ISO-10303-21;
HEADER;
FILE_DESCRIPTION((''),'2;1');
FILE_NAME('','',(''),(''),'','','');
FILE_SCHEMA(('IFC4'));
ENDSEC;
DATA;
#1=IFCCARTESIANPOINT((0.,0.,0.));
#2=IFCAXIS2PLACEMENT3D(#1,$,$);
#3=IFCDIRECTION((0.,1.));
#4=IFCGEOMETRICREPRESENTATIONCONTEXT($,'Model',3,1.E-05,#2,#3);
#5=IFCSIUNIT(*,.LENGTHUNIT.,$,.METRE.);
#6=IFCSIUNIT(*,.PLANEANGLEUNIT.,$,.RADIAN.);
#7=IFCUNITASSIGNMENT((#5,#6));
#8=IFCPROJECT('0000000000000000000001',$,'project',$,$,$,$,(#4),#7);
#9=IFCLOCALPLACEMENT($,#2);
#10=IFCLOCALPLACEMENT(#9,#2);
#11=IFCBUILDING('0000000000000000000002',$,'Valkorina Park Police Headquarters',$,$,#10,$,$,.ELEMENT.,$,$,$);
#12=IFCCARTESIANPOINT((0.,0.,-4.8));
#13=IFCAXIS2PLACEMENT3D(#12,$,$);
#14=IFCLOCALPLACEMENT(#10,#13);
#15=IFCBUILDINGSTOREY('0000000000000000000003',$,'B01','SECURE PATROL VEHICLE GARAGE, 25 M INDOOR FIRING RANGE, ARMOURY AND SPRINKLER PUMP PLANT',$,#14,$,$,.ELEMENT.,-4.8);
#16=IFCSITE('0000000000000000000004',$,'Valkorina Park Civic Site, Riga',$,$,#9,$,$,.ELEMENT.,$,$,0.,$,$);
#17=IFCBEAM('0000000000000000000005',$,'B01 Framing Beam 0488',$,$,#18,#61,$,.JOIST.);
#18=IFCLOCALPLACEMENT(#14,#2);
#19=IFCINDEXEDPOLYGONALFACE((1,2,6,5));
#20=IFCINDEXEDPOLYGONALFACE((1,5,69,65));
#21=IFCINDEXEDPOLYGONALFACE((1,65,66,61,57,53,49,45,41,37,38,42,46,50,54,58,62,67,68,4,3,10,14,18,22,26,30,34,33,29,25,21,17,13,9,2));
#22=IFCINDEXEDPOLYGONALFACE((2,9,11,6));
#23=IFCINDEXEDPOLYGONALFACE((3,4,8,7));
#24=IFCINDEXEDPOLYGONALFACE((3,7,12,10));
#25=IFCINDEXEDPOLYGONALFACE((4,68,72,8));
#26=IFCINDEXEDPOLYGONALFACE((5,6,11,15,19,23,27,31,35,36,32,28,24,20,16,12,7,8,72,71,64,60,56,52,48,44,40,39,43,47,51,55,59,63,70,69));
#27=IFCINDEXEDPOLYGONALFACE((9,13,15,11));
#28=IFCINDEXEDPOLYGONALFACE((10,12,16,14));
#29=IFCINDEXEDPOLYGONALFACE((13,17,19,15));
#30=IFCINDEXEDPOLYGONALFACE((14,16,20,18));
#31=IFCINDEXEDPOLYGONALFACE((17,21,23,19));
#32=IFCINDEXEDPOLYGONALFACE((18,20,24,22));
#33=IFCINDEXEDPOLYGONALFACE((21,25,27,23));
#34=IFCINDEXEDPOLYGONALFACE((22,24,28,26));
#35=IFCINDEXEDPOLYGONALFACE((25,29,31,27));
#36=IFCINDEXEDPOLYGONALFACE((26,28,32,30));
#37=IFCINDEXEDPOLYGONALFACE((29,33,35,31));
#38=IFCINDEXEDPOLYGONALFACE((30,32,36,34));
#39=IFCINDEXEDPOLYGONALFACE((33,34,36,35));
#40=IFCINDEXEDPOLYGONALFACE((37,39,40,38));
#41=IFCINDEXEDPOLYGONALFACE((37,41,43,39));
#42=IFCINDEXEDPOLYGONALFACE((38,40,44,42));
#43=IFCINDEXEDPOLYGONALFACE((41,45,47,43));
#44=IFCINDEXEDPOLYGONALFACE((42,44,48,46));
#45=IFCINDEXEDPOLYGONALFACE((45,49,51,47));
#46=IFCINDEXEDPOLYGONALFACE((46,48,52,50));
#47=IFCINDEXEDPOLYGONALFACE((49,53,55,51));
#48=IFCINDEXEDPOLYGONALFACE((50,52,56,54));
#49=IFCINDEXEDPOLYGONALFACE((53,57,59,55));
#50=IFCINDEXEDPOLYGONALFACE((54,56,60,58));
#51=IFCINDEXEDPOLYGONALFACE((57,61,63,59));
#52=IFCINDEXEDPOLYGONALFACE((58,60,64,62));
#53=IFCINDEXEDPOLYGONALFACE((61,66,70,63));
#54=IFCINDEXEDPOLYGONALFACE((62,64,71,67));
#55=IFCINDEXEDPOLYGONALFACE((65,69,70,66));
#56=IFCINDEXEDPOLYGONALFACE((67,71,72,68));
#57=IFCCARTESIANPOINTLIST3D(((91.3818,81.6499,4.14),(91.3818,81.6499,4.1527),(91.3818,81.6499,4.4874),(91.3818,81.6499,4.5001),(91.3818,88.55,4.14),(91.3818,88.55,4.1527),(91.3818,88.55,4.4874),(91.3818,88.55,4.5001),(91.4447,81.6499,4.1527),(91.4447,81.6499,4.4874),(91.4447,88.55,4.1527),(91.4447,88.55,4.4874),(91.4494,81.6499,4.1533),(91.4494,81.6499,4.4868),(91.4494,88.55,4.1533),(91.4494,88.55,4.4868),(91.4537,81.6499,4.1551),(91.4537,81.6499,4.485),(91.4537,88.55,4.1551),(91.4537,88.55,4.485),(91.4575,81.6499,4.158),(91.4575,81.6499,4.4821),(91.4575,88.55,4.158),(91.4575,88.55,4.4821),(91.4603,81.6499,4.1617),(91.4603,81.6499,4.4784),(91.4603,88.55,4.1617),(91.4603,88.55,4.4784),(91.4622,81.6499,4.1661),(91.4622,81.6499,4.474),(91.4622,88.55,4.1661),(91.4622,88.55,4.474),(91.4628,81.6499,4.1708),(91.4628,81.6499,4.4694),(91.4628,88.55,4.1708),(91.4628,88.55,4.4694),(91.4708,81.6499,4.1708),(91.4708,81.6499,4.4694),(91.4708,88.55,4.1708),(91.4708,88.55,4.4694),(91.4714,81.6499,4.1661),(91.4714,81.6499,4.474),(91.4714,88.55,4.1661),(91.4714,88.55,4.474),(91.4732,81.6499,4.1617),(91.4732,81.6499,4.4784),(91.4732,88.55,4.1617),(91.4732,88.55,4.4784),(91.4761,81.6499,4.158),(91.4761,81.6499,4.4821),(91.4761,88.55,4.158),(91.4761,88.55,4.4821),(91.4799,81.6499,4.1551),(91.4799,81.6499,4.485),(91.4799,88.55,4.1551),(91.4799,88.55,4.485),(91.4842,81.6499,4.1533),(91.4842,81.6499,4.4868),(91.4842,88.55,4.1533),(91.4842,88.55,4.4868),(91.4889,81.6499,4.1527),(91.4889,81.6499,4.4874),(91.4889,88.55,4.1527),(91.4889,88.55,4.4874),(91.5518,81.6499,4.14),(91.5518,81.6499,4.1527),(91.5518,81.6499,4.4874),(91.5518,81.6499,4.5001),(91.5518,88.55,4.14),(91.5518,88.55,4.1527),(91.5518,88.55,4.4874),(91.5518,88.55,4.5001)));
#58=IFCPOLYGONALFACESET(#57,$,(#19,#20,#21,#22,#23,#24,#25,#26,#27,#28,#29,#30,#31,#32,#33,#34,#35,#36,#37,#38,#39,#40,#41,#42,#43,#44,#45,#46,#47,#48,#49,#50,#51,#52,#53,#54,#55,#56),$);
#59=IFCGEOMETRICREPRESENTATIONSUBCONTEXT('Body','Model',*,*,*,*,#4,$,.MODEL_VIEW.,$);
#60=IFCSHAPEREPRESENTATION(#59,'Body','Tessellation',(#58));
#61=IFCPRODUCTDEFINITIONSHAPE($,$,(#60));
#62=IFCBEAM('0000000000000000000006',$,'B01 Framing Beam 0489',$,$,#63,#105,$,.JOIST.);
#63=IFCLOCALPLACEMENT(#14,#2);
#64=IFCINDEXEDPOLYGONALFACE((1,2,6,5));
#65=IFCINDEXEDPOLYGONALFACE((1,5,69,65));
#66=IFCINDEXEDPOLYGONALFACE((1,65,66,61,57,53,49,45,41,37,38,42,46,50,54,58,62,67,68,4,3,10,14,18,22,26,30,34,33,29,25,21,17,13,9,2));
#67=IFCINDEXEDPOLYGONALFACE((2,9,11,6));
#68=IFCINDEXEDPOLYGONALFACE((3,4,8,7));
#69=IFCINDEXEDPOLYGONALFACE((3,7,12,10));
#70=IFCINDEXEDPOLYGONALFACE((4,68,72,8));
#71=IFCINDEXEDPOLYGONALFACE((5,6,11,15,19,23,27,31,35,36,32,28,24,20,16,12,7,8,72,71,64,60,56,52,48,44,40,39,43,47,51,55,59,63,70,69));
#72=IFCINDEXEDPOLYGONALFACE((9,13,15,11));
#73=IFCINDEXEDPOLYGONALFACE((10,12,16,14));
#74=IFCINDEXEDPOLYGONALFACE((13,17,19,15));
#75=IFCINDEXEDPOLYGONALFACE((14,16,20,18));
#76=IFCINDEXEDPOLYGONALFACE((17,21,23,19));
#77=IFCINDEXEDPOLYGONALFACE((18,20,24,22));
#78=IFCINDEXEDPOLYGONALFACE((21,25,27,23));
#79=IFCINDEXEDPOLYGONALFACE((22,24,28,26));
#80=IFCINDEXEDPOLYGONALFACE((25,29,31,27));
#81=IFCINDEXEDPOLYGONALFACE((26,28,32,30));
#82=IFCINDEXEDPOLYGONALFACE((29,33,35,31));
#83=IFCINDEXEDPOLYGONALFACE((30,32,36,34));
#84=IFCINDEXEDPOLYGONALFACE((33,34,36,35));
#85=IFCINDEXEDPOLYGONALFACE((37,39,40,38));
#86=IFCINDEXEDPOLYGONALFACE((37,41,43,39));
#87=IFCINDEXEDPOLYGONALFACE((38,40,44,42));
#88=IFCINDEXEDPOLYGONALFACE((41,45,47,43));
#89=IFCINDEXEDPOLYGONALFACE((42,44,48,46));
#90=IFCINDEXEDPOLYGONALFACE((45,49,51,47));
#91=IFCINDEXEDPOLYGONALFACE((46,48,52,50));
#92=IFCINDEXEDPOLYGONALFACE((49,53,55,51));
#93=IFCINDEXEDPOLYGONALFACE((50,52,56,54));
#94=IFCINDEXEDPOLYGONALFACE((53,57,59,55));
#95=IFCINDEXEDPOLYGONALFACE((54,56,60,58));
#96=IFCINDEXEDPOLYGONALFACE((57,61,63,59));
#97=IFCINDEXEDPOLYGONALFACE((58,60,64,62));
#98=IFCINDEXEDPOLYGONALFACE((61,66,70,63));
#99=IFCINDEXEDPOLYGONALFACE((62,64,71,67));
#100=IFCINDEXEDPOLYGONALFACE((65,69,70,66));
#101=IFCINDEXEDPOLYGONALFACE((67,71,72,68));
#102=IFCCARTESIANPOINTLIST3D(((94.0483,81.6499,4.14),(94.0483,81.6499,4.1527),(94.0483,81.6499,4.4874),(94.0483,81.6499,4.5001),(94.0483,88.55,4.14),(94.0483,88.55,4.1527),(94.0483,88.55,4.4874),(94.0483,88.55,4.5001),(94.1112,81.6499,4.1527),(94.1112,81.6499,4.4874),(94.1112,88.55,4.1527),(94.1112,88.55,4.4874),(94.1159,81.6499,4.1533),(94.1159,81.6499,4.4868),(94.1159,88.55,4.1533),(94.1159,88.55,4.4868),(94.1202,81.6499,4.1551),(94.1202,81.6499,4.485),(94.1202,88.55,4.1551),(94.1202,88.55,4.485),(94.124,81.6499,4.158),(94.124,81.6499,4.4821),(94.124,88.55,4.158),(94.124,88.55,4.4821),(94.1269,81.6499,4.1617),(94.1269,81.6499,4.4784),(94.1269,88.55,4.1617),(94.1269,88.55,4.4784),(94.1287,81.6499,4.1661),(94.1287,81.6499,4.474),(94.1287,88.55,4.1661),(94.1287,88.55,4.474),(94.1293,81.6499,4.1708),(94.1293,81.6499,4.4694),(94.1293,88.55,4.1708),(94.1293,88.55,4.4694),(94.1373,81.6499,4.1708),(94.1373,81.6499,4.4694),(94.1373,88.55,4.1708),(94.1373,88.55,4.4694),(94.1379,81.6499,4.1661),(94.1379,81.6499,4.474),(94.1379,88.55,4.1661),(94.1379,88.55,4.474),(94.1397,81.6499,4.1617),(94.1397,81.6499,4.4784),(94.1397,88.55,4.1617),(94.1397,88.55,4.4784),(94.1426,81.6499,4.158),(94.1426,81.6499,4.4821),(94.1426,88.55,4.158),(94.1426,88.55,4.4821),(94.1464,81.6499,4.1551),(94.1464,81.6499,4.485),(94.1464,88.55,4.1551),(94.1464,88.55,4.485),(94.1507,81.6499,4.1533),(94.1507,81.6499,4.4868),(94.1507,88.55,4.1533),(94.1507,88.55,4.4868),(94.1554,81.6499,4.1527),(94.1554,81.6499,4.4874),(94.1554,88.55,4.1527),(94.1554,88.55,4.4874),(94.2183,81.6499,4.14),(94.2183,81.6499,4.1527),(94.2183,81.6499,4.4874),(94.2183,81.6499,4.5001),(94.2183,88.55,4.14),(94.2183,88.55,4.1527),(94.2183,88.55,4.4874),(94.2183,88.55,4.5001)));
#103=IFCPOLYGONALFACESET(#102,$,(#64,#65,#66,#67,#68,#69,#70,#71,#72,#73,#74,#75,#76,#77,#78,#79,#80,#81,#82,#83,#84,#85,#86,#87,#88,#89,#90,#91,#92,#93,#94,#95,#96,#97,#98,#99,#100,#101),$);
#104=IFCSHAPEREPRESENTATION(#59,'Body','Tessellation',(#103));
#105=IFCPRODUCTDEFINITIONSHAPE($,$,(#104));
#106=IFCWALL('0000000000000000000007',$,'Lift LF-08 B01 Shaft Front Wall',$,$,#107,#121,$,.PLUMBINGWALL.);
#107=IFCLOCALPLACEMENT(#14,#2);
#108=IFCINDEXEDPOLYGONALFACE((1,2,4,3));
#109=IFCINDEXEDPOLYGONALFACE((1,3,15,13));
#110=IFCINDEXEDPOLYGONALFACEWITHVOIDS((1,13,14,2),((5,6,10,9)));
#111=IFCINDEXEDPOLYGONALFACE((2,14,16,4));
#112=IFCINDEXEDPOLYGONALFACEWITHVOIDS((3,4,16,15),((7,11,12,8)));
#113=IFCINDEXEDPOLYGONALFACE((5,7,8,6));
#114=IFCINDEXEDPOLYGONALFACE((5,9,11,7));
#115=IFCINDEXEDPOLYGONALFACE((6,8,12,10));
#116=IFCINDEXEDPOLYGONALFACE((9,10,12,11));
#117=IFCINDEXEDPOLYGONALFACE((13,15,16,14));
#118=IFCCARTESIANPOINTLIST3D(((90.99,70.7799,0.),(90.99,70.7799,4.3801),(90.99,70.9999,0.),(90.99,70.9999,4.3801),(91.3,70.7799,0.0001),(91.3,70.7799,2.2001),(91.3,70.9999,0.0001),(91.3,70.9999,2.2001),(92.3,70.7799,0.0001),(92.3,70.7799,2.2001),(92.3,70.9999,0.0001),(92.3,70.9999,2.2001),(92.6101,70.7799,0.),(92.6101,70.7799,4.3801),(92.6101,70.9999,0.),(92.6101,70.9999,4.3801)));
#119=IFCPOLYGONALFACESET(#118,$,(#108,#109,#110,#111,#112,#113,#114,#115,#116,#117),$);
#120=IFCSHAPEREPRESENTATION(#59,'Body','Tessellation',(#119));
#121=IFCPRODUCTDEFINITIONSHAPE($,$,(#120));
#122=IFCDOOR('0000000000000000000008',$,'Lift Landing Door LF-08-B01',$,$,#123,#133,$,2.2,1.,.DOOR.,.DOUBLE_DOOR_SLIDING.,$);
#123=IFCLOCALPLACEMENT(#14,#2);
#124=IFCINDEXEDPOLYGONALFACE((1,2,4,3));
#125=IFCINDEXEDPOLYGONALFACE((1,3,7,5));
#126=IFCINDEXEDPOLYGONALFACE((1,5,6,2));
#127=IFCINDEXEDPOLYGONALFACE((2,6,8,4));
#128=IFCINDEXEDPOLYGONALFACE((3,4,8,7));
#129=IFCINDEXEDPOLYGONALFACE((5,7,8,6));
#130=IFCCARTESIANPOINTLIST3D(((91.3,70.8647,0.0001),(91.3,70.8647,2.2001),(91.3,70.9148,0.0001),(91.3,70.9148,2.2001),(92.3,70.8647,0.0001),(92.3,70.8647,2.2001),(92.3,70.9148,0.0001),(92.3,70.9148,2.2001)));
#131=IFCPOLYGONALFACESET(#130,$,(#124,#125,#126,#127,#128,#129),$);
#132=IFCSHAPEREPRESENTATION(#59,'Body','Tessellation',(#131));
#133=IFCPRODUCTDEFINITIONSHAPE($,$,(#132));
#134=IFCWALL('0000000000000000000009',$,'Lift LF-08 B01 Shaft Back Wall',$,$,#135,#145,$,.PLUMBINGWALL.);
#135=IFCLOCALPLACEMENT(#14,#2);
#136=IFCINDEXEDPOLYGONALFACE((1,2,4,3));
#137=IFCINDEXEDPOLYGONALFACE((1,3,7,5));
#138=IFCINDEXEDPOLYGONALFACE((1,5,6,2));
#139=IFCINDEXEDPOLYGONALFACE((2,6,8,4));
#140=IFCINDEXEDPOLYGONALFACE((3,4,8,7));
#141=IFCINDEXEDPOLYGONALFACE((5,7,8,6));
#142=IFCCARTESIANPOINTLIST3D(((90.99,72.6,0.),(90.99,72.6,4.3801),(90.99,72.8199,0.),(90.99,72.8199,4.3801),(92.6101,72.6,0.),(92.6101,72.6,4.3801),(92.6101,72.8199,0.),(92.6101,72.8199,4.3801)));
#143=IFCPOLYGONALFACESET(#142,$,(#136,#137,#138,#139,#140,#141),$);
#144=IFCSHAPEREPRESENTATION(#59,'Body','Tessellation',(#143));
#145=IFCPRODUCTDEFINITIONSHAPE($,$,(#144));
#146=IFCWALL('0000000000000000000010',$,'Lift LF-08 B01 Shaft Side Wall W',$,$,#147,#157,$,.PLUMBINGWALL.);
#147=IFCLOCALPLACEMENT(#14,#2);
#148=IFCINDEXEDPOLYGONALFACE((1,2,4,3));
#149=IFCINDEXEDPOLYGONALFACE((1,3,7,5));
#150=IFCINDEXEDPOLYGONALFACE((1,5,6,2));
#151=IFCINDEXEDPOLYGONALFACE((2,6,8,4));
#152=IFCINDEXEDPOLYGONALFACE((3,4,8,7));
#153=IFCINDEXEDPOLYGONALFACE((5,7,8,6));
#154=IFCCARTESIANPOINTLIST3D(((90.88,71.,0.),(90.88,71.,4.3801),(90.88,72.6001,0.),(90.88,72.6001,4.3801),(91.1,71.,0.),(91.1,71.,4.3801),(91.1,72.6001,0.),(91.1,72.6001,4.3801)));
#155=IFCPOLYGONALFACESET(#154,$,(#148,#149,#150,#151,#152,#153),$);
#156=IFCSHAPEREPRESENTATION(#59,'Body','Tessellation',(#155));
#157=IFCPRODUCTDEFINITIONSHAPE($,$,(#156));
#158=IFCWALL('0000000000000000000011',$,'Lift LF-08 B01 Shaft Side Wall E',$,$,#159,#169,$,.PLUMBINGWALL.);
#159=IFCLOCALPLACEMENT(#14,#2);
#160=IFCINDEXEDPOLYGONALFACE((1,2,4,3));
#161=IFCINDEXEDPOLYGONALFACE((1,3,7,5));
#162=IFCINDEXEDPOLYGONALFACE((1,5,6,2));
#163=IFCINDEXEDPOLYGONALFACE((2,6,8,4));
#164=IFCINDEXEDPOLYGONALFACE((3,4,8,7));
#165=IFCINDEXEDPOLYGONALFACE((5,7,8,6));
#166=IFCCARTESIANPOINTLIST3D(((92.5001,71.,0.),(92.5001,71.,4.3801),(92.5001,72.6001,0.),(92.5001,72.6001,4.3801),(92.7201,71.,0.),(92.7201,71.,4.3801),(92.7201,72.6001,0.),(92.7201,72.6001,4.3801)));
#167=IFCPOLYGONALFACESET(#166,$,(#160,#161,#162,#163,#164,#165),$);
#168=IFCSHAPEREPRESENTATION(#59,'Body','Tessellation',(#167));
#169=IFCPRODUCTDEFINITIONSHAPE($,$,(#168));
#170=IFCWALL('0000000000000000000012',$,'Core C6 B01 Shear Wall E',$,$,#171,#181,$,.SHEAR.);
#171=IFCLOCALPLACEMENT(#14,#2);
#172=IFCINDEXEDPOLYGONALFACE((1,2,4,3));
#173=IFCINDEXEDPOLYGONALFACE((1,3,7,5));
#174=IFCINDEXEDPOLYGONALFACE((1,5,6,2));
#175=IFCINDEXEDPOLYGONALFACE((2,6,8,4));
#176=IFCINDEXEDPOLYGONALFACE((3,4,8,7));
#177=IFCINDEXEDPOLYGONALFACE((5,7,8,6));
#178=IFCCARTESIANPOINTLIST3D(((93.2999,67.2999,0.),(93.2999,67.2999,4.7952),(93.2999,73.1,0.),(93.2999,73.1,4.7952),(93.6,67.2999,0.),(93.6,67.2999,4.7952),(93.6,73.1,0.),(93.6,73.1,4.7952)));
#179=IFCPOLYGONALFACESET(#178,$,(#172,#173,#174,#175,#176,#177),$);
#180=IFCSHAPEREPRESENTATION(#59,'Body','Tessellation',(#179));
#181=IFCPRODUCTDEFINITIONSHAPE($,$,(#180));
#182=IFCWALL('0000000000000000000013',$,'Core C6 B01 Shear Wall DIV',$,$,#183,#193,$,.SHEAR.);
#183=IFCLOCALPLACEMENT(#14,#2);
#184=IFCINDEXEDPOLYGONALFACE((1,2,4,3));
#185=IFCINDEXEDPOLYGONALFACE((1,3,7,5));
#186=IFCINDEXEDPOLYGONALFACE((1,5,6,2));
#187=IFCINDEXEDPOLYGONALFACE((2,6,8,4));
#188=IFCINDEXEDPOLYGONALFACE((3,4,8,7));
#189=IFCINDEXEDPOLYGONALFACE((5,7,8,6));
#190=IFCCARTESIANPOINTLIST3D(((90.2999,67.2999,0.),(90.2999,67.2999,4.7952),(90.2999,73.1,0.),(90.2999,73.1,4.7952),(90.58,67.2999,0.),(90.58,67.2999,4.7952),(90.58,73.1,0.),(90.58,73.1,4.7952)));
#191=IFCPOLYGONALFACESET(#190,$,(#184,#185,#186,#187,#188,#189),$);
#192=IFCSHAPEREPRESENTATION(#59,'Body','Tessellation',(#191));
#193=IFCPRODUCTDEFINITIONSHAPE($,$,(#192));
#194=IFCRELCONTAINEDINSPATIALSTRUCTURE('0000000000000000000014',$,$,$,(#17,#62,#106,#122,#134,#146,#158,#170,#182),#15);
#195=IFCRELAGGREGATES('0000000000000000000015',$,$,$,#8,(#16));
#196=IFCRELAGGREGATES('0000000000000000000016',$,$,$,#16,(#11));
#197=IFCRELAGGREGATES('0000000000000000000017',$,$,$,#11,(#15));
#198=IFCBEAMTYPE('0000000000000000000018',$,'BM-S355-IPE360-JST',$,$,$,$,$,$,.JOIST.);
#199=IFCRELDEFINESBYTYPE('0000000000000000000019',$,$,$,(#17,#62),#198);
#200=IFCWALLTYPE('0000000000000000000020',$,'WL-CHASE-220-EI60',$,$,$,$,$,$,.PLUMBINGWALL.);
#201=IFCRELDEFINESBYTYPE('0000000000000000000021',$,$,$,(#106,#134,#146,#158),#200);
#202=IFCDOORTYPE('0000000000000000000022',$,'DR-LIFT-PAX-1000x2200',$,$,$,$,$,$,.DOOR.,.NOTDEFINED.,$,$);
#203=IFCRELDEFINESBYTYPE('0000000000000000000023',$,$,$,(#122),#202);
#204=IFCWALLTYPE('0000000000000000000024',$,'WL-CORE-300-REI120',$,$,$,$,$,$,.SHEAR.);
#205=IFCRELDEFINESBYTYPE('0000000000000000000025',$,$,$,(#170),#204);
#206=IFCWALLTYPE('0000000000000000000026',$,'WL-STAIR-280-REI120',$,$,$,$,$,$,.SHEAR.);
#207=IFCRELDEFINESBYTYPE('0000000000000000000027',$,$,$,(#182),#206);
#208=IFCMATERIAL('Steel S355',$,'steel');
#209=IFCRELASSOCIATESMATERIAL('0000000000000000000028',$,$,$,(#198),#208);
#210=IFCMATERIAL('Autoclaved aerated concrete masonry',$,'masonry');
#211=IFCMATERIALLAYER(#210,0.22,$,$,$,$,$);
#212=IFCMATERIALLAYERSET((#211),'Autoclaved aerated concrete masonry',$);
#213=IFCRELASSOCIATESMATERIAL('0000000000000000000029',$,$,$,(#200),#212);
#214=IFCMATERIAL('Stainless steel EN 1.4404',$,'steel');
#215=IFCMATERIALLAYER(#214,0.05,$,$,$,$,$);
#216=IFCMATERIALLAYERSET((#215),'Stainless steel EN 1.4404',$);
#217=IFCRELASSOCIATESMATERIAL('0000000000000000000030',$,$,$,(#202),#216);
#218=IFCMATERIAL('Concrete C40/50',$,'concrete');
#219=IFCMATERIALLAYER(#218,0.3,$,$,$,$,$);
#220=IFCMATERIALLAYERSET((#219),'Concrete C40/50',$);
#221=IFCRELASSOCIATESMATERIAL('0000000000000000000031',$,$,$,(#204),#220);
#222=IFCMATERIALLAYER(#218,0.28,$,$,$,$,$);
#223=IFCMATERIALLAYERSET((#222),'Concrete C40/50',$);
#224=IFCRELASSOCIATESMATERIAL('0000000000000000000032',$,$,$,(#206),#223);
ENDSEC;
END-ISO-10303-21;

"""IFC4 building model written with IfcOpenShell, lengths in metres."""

from ifc_helpers import new_model, si_unit, direction, frame, frame_2d, origin, origin_2d, place, context, subcontext, project, spatial, rectangle, i_section, extrude, material, layer, layer_set, material_profile, profile_set, type_object, element, fill, save


model = new_model("IFC4")

# Units and contexts
model_context = context("Model", 3, precision=1e-05, world=origin(), true_north=direction((0.0, 1.0)))
body_context = subcontext(model_context, "Body", "Model", "MODEL_VIEW")
ifc_project = project(units=[si_unit("LENGTHUNIT", "METRE"), si_unit("PLANEANGLEUNIT", "RADIAN")], contexts=[model_context])

# Site, building, storey
site_placement = place(None, origin())
site = spatial("IfcSite", under=ifc_project, at=site_placement, Name="Valkorina Park Civic Site, Riga", CompositionType="ELEMENT", RefElevation=0.0)
building_placement = place(site_placement, origin())
building = spatial("IfcBuilding", under=site, at=building_placement, Name="Valkorina Park Police Headquarters", CompositionType="ELEMENT")
storey_placement = place(building_placement, frame((0.0, 0.0, -4.8)))
storey = spatial("IfcBuildingStorey", under=building, at=storey_placement, Name="B01", Description="SECURE PATROL VEHICLE GARAGE, 25 M INDOOR FIRING RANGE, ARMOURY AND SPRINKLER PUMP PLANT", CompositionType="ELEMENT", Elevation=-4.8)

# Shared definitions
ifc_material_1 = material(Name="Concrete C40/50", Category="concrete")

# Beams
ifc_material_2 = material(Name="Steel S355", Category="steel")
ifc_material_profile_1 = material_profile(ifc_material_2, i_section(OverallWidth=0.1699, OverallDepth=0.3601, WebThickness=0.0081, FlangeThickness=0.0127, FilletRadius=0.0181, at=origin_2d()), Name="IPE 360")
ifc_profile_set_1 = profile_set([ifc_material_profile_1], Name="Steel S355")
beam_type_1 = type_object("IfcBeamType", Name="BM-S355-IPE360-JST", PredefinedType="JOIST", material=ifc_profile_set_1)
for number, where, z_axis, x_axis, name in (
    (1, (91.4668, 81.6499, 4.3201), (0.0, 1.0, 0.0), (-1.0, 0.0, 0.0), "B01 Framing Beam 0488"),
    (2, (94.1333, 81.6499, 4.3201), (0.0, 1.0, 0.0), (-1.0, 0.0, 0.0), "B01 Framing Beam 0489"),
):
    element("IfcBeam", number, at=place(storey_placement, frame(where, z_axis=z_axis, x_axis=x_axis)), inside=storey, type_object=beam_type_1, Name=name, PredefinedType="JOIST", context=body_context, shape_type="SweptSolid", body=[
        extrude(i_section(OverallWidth=0.1699, OverallDepth=0.3601, WebThickness=0.0081, FlangeThickness=0.0127, FilletRadius=0.0181, at=origin_2d()), origin(), (0.0, 0.0, 1.0), 6.9001),
    ])

# Wall, opening, door
ifc_material_3 = material(Name="Autoclaved aerated concrete masonry", Category="masonry")
ifc_layer_1 = layer(ifc_material_3, 0.22)
ifc_layer_set_1 = layer_set([ifc_layer_1], Name="Autoclaved aerated concrete masonry")
wall_type_1 = type_object("IfcWallType", Name="WL-CHASE-220-EI60", PredefinedType="PLUMBINGWALL", material=ifc_layer_set_1)
wall_1_placement = place(storey_placement, frame((90.99, 70.8899, 0.0), z_axis=(0.0, 0.0, 1.0), x_axis=(1.0, 0.0, 0.0)))
wall_1 = element("IfcWall", 3, at=wall_1_placement, inside=storey, type_object=wall_type_1, Name="Lift LF-08 B01 Shaft Front Wall", PredefinedType="PLUMBINGWALL", context=body_context, shape_type="SweptSolid", body=[
    extrude(rectangle(XDim=1.6201, YDim=0.22, at=frame_2d((0.8101, 0.0))), origin(), (0.0, 0.0, 1.0), 4.3801),
])
opening_placement = place(wall_1_placement, frame((0.3101, 0.0, 0.0)))
opening = element("IfcOpeningElement", 4, at=opening_placement, cuts=wall_1, PredefinedType="OPENING", context=body_context, shape_type="SweptSolid", body=[
    extrude(rectangle(XDim=1.0, YDim=2.2, at=frame_2d((0.5, 1.1001))), frame((0.0, 0.1201, 0.0), z_axis=(0.0, -1.0, 0.0), x_axis=(1.0, 0.0, 0.0)), (0.0, 0.0, 1.0), 0.24),
])
ifc_material_4 = material(Name="Stainless steel EN 1.4404", Category="steel")
ifc_layer_2 = layer(ifc_material_4, 0.05)
ifc_layer_set_2 = layer_set([ifc_layer_2], Name="Stainless steel EN 1.4404")
door_type = type_object("IfcDoorType", Name="DR-LIFT-PAX-1000x2200", OperationType="NOTDEFINED", PredefinedType="DOOR", material=ifc_layer_set_2)
door_placement = place(opening_placement, origin())
door = element("IfcDoor", 5, at=door_placement, inside=storey, type_object=door_type, Name="Lift Landing Door LF-08-B01", OperationType="DOUBLE_DOOR_SLIDING", OverallHeight=2.2, OverallWidth=1.0, PredefinedType="DOOR", context=body_context, shape_type="SweptSolid", body=[
    extrude(rectangle(XDim=1.0, YDim=2.2, at=frame_2d((0.5, 1.1001))), frame((0.0, 0.0249, 0.0), z_axis=(0.0, -1.0, 0.0), x_axis=(1.0, 0.0, 0.0)), (0.0, 0.0, 1.0), 0.05),
])
fill(opening, door)

# Walls
wall_2_placement = place(storey_placement, frame((90.99, 72.71, 0.0), z_axis=(0.0, 0.0, 1.0), x_axis=(1.0, 0.0, 0.0)))
element("IfcWall", 6, at=wall_2_placement, inside=storey, type_object=wall_type_1, Name="Lift LF-08 B01 Shaft Back Wall", PredefinedType="PLUMBINGWALL", context=body_context, shape_type="SweptSolid", body=[
    extrude(rectangle(XDim=1.6201, YDim=0.22, at=frame_2d((0.8101, 0.0))), origin(), (0.0, 0.0, 1.0), 4.3801),
])
for number, where, z_axis, x_axis, name in (
    (7, (90.99, 71.0, 0.0), (0.0, 0.0, 1.0), (0.0, 1.0, 0.0), "Lift LF-08 B01 Shaft Side Wall W"),
    (8, (92.6101, 71.0, 0.0), (0.0, 0.0, 1.0), (0.0, 1.0, 0.0), "Lift LF-08 B01 Shaft Side Wall E"),
):
    element("IfcWall", number, at=place(storey_placement, frame(where, z_axis=z_axis, x_axis=x_axis)), inside=storey, type_object=wall_type_1, Name=name, PredefinedType="PLUMBINGWALL", context=body_context, shape_type="SweptSolid", body=[
        extrude(rectangle(XDim=1.6001, YDim=0.22, at=frame_2d((0.8, 0.0))), origin(), (0.0, 0.0, 1.0), 4.3801),
    ])
ifc_layer_3 = layer(ifc_material_1, 0.3)
ifc_layer_set_3 = layer_set([ifc_layer_3], Name="Concrete C40/50")
wall_type_2 = type_object("IfcWallType", Name="WL-CORE-300-REI120", PredefinedType="SHEAR", material=ifc_layer_set_3)
wall_3_placement = place(storey_placement, frame((93.45, 67.3, 0.0), z_axis=(0.0, 0.0, 1.0), x_axis=(0.0, 1.0, 0.0)))
element("IfcWall", 9, at=wall_3_placement, inside=storey, type_object=wall_type_2, Name="Core C6 B01 Shear Wall E", PredefinedType="SHEAR", context=body_context, shape_type="SweptSolid", body=[
    extrude(rectangle(XDim=5.8, YDim=0.3, at=frame_2d((2.8999, 0.0))), origin(), (0.0, 0.0, 1.0), 4.7952),
])
ifc_layer_4 = layer(ifc_material_1, 0.28)
ifc_layer_set_4 = layer_set([ifc_layer_4], Name="Concrete C40/50")
wall_type_3 = type_object("IfcWallType", Name="WL-STAIR-280-REI120", PredefinedType="SHEAR", material=ifc_layer_set_4)
wall_4_placement = place(storey_placement, frame((90.4399, 67.3, 0.0), z_axis=(0.0, 0.0, 1.0), x_axis=(0.0, 1.0, 0.0)))
element("IfcWall", 10, at=wall_4_placement, inside=storey, type_object=wall_type_3, Name="Core C6 B01 Shear Wall DIV", PredefinedType="SHEAR", context=body_context, shape_type="SweptSolid", body=[
    extrude(rectangle(XDim=5.8, YDim=0.28, at=frame_2d((2.8999, 0.0))), origin(), (0.0, 0.0, 1.0), 4.7952),
])

save(model, "model.ifc")
